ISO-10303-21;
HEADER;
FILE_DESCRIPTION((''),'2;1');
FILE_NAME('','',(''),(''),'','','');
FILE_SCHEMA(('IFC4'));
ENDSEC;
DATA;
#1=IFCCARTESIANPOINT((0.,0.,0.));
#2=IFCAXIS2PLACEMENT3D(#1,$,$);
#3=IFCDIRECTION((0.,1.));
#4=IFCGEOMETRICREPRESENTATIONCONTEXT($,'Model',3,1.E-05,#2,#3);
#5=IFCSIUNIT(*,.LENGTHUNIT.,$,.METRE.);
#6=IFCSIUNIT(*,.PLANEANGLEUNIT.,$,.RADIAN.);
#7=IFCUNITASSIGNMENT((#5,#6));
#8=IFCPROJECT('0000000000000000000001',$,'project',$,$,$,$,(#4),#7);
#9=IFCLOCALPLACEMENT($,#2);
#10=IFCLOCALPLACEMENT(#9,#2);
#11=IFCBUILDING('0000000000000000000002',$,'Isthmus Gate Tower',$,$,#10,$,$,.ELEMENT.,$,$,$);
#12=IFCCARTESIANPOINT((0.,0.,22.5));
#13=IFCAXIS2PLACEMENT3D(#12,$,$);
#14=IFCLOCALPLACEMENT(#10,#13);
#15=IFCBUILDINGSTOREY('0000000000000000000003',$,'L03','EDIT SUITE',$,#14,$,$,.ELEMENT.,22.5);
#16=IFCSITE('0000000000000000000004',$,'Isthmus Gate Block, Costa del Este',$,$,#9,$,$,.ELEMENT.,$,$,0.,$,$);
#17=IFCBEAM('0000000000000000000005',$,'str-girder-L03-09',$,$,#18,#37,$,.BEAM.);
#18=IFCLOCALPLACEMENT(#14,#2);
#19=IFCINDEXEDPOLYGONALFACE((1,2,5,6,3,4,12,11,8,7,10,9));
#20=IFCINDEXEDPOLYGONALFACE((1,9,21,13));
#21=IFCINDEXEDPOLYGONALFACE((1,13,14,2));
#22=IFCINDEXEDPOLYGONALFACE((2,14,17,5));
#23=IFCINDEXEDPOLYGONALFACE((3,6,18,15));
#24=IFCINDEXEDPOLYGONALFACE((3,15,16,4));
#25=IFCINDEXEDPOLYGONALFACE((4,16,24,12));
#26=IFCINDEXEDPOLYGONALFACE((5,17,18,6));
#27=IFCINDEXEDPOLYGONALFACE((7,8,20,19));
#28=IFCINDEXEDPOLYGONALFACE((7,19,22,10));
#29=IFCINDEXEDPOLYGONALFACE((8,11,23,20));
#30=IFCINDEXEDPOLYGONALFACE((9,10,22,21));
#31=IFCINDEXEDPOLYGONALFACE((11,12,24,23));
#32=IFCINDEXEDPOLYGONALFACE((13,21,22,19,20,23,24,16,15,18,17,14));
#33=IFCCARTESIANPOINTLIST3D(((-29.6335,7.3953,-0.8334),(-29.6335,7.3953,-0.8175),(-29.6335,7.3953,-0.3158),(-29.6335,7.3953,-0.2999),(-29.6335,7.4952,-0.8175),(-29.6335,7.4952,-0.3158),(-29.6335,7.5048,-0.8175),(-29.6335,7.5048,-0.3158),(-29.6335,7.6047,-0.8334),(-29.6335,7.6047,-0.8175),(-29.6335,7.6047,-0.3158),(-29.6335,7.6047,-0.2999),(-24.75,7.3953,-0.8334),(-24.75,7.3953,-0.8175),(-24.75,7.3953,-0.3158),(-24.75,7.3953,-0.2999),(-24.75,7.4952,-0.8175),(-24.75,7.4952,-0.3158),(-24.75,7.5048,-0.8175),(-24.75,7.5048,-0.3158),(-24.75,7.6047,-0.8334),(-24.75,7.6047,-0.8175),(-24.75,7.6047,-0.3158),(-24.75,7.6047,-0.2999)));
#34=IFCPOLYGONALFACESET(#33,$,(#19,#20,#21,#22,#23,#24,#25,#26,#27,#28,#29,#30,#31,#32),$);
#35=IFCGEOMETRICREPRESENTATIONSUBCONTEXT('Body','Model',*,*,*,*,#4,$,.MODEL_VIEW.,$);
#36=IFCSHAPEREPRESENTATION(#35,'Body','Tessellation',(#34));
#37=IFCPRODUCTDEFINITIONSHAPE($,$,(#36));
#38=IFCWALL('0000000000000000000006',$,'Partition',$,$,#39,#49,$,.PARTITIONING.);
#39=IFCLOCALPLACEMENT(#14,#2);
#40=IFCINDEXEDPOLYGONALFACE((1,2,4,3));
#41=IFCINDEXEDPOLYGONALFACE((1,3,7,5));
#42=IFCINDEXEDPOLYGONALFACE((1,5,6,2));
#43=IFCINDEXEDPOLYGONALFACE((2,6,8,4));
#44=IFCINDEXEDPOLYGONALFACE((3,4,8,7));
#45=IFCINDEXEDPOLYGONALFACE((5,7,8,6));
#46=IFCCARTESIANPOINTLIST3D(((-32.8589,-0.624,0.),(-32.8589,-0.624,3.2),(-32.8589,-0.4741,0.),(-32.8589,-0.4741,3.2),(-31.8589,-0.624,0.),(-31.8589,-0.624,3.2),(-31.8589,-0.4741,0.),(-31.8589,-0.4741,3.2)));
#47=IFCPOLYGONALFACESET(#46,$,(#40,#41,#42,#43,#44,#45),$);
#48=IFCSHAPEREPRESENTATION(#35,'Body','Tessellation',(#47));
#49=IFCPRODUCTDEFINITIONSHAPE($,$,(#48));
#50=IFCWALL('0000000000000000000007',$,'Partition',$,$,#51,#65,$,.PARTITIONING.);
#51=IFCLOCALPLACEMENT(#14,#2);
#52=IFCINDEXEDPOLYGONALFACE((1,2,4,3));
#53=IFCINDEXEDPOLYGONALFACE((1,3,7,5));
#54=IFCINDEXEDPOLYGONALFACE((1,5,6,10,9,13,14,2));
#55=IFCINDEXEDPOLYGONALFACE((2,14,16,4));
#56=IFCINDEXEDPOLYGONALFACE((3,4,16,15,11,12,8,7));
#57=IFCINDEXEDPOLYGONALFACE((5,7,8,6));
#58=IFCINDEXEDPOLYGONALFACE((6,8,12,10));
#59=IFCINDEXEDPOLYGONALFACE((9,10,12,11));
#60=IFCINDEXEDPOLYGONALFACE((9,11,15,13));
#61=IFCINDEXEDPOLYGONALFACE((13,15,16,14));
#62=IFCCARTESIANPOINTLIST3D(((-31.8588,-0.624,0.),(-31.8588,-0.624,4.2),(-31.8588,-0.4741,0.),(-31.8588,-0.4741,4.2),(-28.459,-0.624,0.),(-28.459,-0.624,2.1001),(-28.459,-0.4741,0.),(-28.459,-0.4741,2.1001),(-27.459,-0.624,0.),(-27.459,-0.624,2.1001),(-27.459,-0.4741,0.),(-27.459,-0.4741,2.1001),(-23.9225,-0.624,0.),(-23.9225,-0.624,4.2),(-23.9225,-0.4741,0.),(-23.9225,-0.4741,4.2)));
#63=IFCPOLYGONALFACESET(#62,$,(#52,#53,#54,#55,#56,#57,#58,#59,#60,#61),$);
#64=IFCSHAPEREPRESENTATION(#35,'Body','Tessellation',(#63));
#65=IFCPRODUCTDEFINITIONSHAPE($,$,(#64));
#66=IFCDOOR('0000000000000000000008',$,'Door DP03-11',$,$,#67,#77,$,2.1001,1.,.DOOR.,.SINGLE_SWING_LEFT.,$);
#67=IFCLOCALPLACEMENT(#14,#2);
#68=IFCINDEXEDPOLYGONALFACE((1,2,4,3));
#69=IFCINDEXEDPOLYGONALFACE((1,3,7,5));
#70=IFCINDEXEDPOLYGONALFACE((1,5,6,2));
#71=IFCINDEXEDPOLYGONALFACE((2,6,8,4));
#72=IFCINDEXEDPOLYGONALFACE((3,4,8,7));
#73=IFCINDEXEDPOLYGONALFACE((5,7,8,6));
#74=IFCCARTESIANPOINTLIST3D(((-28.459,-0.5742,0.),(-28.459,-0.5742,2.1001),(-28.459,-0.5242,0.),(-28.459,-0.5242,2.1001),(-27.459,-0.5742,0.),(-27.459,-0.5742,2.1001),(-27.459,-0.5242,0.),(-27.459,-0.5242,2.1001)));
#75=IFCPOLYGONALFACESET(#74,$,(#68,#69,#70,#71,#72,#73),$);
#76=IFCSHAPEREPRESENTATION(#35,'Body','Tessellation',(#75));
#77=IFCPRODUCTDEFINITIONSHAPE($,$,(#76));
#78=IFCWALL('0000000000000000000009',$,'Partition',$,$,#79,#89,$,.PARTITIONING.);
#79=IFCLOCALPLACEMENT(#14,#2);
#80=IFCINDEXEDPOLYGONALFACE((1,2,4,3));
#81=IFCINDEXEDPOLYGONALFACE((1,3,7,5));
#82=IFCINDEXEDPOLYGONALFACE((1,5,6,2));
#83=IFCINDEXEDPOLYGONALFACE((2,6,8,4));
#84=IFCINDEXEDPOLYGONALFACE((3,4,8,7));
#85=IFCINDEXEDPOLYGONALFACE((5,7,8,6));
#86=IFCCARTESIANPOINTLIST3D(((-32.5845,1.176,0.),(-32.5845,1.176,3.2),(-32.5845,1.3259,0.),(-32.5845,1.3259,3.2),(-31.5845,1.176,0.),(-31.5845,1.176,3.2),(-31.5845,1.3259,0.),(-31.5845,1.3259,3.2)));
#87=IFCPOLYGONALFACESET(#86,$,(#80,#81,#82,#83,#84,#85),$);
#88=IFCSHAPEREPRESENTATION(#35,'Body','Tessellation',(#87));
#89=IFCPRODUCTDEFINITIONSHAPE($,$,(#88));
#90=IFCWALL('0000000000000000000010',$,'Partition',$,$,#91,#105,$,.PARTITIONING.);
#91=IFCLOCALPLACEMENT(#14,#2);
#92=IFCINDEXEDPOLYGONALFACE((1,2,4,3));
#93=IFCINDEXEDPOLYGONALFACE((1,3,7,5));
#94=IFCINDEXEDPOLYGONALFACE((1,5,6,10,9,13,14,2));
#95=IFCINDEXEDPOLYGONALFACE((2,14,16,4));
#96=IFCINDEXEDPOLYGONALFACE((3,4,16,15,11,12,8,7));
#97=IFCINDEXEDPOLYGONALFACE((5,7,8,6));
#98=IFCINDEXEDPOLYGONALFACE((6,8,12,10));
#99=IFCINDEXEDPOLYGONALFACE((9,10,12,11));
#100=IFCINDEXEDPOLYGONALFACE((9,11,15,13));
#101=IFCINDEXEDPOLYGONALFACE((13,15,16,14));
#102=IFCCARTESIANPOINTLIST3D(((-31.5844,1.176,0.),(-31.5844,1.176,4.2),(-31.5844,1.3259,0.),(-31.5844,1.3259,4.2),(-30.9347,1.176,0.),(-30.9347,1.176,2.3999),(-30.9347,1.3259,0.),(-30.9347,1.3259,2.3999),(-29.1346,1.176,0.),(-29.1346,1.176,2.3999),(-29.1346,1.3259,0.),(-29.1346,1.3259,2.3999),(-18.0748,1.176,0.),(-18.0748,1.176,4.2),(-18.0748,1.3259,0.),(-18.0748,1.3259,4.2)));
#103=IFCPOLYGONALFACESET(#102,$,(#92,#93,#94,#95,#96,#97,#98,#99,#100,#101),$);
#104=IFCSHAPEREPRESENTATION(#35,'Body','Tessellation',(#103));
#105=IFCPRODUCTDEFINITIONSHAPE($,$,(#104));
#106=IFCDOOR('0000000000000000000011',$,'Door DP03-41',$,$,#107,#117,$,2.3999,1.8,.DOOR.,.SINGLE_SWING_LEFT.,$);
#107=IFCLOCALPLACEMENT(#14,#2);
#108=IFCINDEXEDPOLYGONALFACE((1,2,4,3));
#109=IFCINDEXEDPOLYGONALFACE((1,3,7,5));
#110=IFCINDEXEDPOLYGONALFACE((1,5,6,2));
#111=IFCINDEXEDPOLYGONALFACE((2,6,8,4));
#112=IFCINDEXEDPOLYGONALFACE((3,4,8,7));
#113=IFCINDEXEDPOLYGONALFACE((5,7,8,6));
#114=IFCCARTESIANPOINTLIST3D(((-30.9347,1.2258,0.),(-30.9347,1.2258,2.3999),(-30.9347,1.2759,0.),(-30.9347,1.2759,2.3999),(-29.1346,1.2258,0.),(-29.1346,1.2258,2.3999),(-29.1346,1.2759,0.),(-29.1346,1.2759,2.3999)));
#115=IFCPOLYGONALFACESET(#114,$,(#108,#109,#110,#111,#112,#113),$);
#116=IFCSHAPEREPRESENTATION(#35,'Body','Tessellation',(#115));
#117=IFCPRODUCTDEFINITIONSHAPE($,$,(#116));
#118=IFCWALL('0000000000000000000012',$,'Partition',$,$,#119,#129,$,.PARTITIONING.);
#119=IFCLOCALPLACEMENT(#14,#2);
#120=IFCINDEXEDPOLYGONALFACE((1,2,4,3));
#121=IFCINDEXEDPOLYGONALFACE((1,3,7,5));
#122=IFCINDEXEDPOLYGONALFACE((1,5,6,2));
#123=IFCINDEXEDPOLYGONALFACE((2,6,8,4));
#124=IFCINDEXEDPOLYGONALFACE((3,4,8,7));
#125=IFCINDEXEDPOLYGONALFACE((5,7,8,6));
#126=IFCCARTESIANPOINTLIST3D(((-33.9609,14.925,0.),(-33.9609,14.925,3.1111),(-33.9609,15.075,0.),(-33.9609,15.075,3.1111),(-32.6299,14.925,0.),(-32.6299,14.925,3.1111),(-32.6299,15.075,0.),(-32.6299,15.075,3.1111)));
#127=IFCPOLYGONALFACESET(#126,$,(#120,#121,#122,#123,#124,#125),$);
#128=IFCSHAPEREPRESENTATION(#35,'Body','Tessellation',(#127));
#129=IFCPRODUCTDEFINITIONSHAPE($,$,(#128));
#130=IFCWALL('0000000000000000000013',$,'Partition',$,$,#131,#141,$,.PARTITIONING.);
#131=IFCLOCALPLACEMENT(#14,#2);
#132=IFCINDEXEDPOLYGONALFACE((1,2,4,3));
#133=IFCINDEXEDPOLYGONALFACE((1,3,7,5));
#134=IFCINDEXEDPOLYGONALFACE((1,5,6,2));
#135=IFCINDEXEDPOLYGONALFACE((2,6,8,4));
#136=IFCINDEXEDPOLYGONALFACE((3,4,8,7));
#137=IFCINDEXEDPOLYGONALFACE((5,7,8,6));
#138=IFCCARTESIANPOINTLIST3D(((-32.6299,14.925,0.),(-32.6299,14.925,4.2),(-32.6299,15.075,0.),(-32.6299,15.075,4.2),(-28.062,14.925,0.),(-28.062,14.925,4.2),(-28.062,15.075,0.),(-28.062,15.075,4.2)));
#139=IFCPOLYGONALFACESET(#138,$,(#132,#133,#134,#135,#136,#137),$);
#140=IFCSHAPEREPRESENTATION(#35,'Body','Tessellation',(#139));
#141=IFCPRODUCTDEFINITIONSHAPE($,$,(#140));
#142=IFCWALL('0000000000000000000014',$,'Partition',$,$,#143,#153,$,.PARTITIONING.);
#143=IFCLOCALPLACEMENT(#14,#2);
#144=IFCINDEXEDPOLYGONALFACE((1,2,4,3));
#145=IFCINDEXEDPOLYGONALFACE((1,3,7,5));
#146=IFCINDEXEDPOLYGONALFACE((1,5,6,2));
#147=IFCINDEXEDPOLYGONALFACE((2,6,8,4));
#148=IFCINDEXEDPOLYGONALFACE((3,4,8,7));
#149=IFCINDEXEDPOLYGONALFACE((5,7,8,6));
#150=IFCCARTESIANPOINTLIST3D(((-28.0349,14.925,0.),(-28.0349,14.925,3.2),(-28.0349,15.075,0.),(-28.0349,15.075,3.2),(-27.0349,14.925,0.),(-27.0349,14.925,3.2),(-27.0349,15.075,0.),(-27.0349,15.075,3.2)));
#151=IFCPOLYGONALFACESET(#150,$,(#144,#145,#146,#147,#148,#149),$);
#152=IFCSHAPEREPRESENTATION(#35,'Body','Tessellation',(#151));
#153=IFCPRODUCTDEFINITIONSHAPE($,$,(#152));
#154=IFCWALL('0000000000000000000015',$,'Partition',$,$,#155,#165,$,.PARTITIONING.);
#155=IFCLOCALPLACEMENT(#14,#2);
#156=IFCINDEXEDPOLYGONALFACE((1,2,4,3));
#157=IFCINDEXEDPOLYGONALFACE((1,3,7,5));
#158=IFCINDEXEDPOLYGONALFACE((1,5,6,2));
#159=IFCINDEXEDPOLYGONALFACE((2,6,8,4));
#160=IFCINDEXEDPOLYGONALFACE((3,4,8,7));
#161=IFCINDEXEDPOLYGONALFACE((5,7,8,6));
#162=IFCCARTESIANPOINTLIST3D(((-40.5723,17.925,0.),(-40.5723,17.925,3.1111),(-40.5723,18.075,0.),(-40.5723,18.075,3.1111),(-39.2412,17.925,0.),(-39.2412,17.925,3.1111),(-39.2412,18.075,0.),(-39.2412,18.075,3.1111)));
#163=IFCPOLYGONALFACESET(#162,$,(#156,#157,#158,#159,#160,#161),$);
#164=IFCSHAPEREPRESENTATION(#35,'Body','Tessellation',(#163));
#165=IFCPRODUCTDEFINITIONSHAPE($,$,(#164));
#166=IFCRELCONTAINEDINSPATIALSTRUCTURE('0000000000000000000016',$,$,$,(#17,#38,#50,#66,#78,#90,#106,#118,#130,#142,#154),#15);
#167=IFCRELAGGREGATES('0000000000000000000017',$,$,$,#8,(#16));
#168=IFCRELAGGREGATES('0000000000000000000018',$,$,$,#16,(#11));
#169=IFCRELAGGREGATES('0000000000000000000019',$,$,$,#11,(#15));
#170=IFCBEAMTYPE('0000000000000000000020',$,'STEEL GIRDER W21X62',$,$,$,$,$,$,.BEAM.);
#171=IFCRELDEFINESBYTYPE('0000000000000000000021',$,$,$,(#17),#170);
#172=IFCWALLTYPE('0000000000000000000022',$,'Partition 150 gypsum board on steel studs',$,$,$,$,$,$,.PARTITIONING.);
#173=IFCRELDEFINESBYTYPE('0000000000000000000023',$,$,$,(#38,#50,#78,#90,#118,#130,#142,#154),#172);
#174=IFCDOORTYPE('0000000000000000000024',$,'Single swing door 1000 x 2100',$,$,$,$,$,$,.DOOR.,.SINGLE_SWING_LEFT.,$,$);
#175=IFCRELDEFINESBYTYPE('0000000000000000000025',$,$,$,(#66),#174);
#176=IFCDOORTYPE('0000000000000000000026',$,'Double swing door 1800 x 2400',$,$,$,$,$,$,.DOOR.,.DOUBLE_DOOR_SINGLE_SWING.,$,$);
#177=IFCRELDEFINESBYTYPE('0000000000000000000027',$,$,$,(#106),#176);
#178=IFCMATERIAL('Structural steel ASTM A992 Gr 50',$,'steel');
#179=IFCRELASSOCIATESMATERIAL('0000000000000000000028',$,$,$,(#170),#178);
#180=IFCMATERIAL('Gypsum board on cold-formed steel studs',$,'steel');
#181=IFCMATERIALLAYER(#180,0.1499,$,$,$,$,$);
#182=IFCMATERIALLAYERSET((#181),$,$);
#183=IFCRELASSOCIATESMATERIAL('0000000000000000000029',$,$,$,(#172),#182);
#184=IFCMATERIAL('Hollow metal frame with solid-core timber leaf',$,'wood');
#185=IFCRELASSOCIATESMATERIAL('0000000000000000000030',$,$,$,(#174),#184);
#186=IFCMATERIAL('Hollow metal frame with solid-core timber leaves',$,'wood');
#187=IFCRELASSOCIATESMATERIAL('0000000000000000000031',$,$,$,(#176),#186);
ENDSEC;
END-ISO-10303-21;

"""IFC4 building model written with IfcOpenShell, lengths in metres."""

from ifc_helpers import new_model, si_unit, direction, frame, frame_2d, origin, origin_2d, place, context, subcontext, project, spatial, rectangle, i_section, extrude, material, layer, layer_set, material_profile, profile_set, type_object, element, fill, save


model = new_model("IFC4")

# Units and contexts
model_context = context("Model", 3, precision=1e-05, world=origin(), true_north=direction((0.0, 1.0)))
body_context = subcontext(model_context, "Body", "Model", "MODEL_VIEW")
ifc_project = project(units=[si_unit("LENGTHUNIT", "METRE"), si_unit("PLANEANGLEUNIT", "RADIAN")], contexts=[model_context])

# Site, building, storey
site_placement = place(None, origin())
site = spatial("IfcSite", under=ifc_project, at=site_placement, Name="Isthmus Gate Block, Costa del Este", CompositionType="ELEMENT", RefElevation=0.0)
building_placement = place(site_placement, origin())
building = spatial("IfcBuilding", under=site, at=building_placement, Name="Isthmus Gate Tower", CompositionType="ELEMENT")
storey_placement = place(building_placement, frame((0.0, 0.0, 22.5)))
storey = spatial("IfcBuildingStorey", under=building, at=storey_placement, Name="L03", Description="EDIT SUITE", CompositionType="ELEMENT", Elevation=22.5)

# Beam
ifc_material_1 = material(Name="Structural steel ASTM A992 Gr 50", Category="steel")
ifc_material_profile_1 = material_profile(ifc_material_1, i_section(OverallWidth=0.2095, OverallDepth=0.5334, WebThickness=0.0095, FlangeThickness=0.0159, at=origin_2d()), Name="W21X62")
ifc_profile_set_1 = profile_set([ifc_material_profile_1], Name="Structural steel ASTM A992 Gr 50")
beam_type_1 = type_object("IfcBeamType", Name="STEEL GIRDER W21X62", PredefinedType="BEAM", material=ifc_profile_set_1)
beam_1_placement = place(storey_placement, frame((-29.6335, 7.5, -0.5667), z_axis=(1.0, 0.0, 0.0), x_axis=(0.0, 1.0, 0.0)))
element("IfcBeam", 1, at=beam_1_placement, inside=storey, type_object=beam_type_1, Name="str-girder-L03-09", PredefinedType="BEAM", context=body_context, shape_type="SweptSolid", body=[
    extrude(i_section(OverallWidth=0.2095, OverallDepth=0.5334, WebThickness=0.0095, FlangeThickness=0.0159, at=origin_2d()), origin(), (0.0, 0.0, 1.0), 4.8835),
])

# Wall
ifc_material_2 = material(Name="Gypsum board on cold-formed steel studs", Category="steel")
ifc_layer = layer(ifc_material_2, 0.1499)
ifc_layer_set = layer_set([ifc_layer])
wall_type = type_object("IfcWallType", Name="Partition 150 gypsum board on steel studs", PredefinedType="PARTITIONING", material=ifc_layer_set)
wall_1_placement = place(storey_placement, frame((-32.8589, -0.5491, 0.0), z_axis=(0.0, 0.0, 1.0), x_axis=(1.0, 0.0, 0.0)))
element("IfcWall", 2, at=wall_1_placement, inside=storey, type_object=wall_type, Name="Partition", PredefinedType="PARTITIONING", context=body_context, shape_type="SweptSolid", body=[
    extrude(rectangle(XDim=1.0, YDim=0.1499, at=frame_2d((0.5, 0.0))), origin(), (0.0, 0.0, 1.0), 3.2),
])

# Wall, opening, door
wall_2_placement = place(storey_placement, frame((-31.8589, -0.5491, 0.0), z_axis=(0.0, 0.0, 1.0), x_axis=(1.0, 0.0, 0.0)))
wall_2 = element("IfcWall", 3, at=wall_2_placement, inside=storey, type_object=wall_type, Name="Partition", PredefinedType="PARTITIONING", context=body_context, shape_type="SweptSolid", body=[
    extrude(rectangle(XDim=7.9363, YDim=0.1499, at=frame_2d((3.9683, 0.0))), origin(), (0.0, 0.0, 1.0), 4.2),
])
opening_1_placement = place(wall_2_placement, frame((3.3999, 0.0, 0.0)))
opening_1 = element("IfcOpeningElement", 4, at=opening_1_placement, cuts=wall_2, PredefinedType="OPENING", context=body_context, shape_type="SweptSolid", body=[
    extrude(rectangle(XDim=1.0, YDim=2.1001, at=frame_2d((0.5, 1.05))), frame((0.0, 0.085, 0.0), z_axis=(0.0, -1.0, 0.0), x_axis=(1.0, 0.0, 0.0)), (0.0, 0.0, 1.0), 0.1699),
])
ifc_material_3 = material(Name="Hollow metal frame with solid-core timber leaf", Category="wood")
door_type_1 = type_object("IfcDoorType", Name="Single swing door 1000 x 2100", OperationType="SINGLE_SWING_LEFT", PredefinedType="DOOR", material=ifc_material_3)
door_1_placement = place(opening_1_placement, origin())
door_1 = element("IfcDoor", 5, at=door_1_placement, inside=storey, type_object=door_type_1, Name="Door DP03-11", OperationType="SINGLE_SWING_LEFT", OverallHeight=2.1001, OverallWidth=1.0, PredefinedType="DOOR", context=body_context, shape_type="SweptSolid", body=[
    extrude(rectangle(XDim=1.0, YDim=2.1001, at=frame_2d((0.5, 1.05))), frame((0.0, 0.0249, 0.0), z_axis=(0.0, -1.0, 0.0), x_axis=(1.0, 0.0, 0.0)), (0.0, 0.0, 1.0), 0.05),
])
fill(opening_1, door_1)

# Wall
wall_3_placement = place(storey_placement, frame((-32.5845, 1.251, 0.0), z_axis=(0.0, 0.0, 1.0), x_axis=(1.0, 0.0, 0.0)))
element("IfcWall", 6, at=wall_3_placement, inside=storey, type_object=wall_type, Name="Partition", PredefinedType="PARTITIONING", context=body_context, shape_type="SweptSolid", body=[
    extrude(rectangle(XDim=1.0, YDim=0.1499, at=frame_2d((0.5, 0.0))), origin(), (0.0, 0.0, 1.0), 3.2),
])

# Wall, opening, door
wall_4_placement = place(storey_placement, frame((-31.5845, 1.251, 0.0), z_axis=(0.0, 0.0, 1.0), x_axis=(1.0, 0.0, 0.0)))
wall_4 = element("IfcWall", 7, at=wall_4_placement, inside=storey, type_object=wall_type, Name="Partition", PredefinedType="PARTITIONING", context=body_context, shape_type="SweptSolid", body=[
    extrude(rectangle(XDim=13.5095, YDim=0.1499, at=frame_2d((6.7549, 0.0))), origin(), (0.0, 0.0, 1.0), 4.2),
])
opening_2_placement = place(wall_4_placement, frame((0.6499, 0.0, 0.0)))
opening_2 = element("IfcOpeningElement", 8, at=opening_2_placement, cuts=wall_4, PredefinedType="OPENING", context=body_context, shape_type="SweptSolid", body=[
    extrude(rectangle(XDim=1.8, YDim=2.3999, at=frame_2d((0.8999, 1.2))), frame((0.0, 0.085, 0.0), z_axis=(0.0, -1.0, 0.0), x_axis=(1.0, 0.0, 0.0)), (0.0, 0.0, 1.0), 0.1699),
])
ifc_material_4 = material(Name="Hollow metal frame with solid-core timber leaves", Category="wood")
door_type_2 = type_object("IfcDoorType", Name="Double swing door 1800 x 2400", OperationType="DOUBLE_DOOR_SINGLE_SWING", PredefinedType="DOOR", material=ifc_material_4)
door_2_placement = place(opening_2_placement, origin())
door_2 = element("IfcDoor", 9, at=door_2_placement, inside=storey, type_object=door_type_2, Name="Door DP03-41", OperationType="SINGLE_SWING_LEFT", OverallHeight=2.3999, OverallWidth=1.8, PredefinedType="DOOR", context=body_context, shape_type="SweptSolid", body=[
    extrude(rectangle(XDim=1.8, YDim=2.3999, at=frame_2d((0.8999, 1.2))), frame((0.0, 0.0249, 0.0), z_axis=(0.0, -1.0, 0.0), x_axis=(1.0, 0.0, 0.0)), (0.0, 0.0, 1.0), 0.05),
])
fill(opening_2, door_2)

# Walls
wall_5_placement = place(storey_placement, frame((-33.9609, 15.0, 0.0), z_axis=(0.0, 0.0, 1.0), x_axis=(1.0, 0.0, 0.0)))
element("IfcWall", 10, at=wall_5_placement, inside=storey, type_object=wall_type, Name="Partition", PredefinedType="PARTITIONING", context=body_context, shape_type="SweptSolid", body=[
    extrude(rectangle(XDim=1.3311, YDim=0.1499, at=frame_2d((0.6655, 0.0))), origin(), (0.0, 0.0, 1.0), 3.1111),
])
wall_6_placement = place(storey_placement, frame((-32.6299, 15.0, 0.0), z_axis=(0.0, 0.0, 1.0), x_axis=(1.0, 0.0, 0.0)))
element("IfcWall", 11, at=wall_6_placement, inside=storey, type_object=wall_type, Name="Partition", PredefinedType="PARTITIONING", context=body_context, shape_type="SweptSolid", body=[
    extrude(rectangle(XDim=4.5679, YDim=0.1499, at=frame_2d((2.2839, 0.0))), origin(), (0.0, 0.0, 1.0), 4.2),
])
wall_7_placement = place(storey_placement, frame((-28.0349, 15.0, 0.0), z_axis=(0.0, 0.0, 1.0), x_axis=(1.0, 0.0, 0.0)))
element("IfcWall", 12, at=wall_7_placement, inside=storey, type_object=wall_type, Name="Partition", PredefinedType="PARTITIONING", context=body_context, shape_type="SweptSolid", body=[
    extrude(rectangle(XDim=1.0, YDim=0.1499, at=frame_2d((0.5, 0.0))), origin(), (0.0, 0.0, 1.0), 3.2),
])
wall_8_placement = place(storey_placement, frame((-40.5723, 18.0, 0.0), z_axis=(0.0, 0.0, 1.0), x_axis=(1.0, 0.0, 0.0)))
element("IfcWall", 13, at=wall_8_placement, inside=storey, type_object=wall_type, Name="Partition", PredefinedType="PARTITIONING", context=body_context, shape_type="SweptSolid", body=[
    extrude(rectangle(XDim=1.3311, YDim=0.1499, at=frame_2d((0.6655, 0.0))), origin(), (0.0, 0.0, 1.0), 3.1111),
])

save(model, "model.ifc")
